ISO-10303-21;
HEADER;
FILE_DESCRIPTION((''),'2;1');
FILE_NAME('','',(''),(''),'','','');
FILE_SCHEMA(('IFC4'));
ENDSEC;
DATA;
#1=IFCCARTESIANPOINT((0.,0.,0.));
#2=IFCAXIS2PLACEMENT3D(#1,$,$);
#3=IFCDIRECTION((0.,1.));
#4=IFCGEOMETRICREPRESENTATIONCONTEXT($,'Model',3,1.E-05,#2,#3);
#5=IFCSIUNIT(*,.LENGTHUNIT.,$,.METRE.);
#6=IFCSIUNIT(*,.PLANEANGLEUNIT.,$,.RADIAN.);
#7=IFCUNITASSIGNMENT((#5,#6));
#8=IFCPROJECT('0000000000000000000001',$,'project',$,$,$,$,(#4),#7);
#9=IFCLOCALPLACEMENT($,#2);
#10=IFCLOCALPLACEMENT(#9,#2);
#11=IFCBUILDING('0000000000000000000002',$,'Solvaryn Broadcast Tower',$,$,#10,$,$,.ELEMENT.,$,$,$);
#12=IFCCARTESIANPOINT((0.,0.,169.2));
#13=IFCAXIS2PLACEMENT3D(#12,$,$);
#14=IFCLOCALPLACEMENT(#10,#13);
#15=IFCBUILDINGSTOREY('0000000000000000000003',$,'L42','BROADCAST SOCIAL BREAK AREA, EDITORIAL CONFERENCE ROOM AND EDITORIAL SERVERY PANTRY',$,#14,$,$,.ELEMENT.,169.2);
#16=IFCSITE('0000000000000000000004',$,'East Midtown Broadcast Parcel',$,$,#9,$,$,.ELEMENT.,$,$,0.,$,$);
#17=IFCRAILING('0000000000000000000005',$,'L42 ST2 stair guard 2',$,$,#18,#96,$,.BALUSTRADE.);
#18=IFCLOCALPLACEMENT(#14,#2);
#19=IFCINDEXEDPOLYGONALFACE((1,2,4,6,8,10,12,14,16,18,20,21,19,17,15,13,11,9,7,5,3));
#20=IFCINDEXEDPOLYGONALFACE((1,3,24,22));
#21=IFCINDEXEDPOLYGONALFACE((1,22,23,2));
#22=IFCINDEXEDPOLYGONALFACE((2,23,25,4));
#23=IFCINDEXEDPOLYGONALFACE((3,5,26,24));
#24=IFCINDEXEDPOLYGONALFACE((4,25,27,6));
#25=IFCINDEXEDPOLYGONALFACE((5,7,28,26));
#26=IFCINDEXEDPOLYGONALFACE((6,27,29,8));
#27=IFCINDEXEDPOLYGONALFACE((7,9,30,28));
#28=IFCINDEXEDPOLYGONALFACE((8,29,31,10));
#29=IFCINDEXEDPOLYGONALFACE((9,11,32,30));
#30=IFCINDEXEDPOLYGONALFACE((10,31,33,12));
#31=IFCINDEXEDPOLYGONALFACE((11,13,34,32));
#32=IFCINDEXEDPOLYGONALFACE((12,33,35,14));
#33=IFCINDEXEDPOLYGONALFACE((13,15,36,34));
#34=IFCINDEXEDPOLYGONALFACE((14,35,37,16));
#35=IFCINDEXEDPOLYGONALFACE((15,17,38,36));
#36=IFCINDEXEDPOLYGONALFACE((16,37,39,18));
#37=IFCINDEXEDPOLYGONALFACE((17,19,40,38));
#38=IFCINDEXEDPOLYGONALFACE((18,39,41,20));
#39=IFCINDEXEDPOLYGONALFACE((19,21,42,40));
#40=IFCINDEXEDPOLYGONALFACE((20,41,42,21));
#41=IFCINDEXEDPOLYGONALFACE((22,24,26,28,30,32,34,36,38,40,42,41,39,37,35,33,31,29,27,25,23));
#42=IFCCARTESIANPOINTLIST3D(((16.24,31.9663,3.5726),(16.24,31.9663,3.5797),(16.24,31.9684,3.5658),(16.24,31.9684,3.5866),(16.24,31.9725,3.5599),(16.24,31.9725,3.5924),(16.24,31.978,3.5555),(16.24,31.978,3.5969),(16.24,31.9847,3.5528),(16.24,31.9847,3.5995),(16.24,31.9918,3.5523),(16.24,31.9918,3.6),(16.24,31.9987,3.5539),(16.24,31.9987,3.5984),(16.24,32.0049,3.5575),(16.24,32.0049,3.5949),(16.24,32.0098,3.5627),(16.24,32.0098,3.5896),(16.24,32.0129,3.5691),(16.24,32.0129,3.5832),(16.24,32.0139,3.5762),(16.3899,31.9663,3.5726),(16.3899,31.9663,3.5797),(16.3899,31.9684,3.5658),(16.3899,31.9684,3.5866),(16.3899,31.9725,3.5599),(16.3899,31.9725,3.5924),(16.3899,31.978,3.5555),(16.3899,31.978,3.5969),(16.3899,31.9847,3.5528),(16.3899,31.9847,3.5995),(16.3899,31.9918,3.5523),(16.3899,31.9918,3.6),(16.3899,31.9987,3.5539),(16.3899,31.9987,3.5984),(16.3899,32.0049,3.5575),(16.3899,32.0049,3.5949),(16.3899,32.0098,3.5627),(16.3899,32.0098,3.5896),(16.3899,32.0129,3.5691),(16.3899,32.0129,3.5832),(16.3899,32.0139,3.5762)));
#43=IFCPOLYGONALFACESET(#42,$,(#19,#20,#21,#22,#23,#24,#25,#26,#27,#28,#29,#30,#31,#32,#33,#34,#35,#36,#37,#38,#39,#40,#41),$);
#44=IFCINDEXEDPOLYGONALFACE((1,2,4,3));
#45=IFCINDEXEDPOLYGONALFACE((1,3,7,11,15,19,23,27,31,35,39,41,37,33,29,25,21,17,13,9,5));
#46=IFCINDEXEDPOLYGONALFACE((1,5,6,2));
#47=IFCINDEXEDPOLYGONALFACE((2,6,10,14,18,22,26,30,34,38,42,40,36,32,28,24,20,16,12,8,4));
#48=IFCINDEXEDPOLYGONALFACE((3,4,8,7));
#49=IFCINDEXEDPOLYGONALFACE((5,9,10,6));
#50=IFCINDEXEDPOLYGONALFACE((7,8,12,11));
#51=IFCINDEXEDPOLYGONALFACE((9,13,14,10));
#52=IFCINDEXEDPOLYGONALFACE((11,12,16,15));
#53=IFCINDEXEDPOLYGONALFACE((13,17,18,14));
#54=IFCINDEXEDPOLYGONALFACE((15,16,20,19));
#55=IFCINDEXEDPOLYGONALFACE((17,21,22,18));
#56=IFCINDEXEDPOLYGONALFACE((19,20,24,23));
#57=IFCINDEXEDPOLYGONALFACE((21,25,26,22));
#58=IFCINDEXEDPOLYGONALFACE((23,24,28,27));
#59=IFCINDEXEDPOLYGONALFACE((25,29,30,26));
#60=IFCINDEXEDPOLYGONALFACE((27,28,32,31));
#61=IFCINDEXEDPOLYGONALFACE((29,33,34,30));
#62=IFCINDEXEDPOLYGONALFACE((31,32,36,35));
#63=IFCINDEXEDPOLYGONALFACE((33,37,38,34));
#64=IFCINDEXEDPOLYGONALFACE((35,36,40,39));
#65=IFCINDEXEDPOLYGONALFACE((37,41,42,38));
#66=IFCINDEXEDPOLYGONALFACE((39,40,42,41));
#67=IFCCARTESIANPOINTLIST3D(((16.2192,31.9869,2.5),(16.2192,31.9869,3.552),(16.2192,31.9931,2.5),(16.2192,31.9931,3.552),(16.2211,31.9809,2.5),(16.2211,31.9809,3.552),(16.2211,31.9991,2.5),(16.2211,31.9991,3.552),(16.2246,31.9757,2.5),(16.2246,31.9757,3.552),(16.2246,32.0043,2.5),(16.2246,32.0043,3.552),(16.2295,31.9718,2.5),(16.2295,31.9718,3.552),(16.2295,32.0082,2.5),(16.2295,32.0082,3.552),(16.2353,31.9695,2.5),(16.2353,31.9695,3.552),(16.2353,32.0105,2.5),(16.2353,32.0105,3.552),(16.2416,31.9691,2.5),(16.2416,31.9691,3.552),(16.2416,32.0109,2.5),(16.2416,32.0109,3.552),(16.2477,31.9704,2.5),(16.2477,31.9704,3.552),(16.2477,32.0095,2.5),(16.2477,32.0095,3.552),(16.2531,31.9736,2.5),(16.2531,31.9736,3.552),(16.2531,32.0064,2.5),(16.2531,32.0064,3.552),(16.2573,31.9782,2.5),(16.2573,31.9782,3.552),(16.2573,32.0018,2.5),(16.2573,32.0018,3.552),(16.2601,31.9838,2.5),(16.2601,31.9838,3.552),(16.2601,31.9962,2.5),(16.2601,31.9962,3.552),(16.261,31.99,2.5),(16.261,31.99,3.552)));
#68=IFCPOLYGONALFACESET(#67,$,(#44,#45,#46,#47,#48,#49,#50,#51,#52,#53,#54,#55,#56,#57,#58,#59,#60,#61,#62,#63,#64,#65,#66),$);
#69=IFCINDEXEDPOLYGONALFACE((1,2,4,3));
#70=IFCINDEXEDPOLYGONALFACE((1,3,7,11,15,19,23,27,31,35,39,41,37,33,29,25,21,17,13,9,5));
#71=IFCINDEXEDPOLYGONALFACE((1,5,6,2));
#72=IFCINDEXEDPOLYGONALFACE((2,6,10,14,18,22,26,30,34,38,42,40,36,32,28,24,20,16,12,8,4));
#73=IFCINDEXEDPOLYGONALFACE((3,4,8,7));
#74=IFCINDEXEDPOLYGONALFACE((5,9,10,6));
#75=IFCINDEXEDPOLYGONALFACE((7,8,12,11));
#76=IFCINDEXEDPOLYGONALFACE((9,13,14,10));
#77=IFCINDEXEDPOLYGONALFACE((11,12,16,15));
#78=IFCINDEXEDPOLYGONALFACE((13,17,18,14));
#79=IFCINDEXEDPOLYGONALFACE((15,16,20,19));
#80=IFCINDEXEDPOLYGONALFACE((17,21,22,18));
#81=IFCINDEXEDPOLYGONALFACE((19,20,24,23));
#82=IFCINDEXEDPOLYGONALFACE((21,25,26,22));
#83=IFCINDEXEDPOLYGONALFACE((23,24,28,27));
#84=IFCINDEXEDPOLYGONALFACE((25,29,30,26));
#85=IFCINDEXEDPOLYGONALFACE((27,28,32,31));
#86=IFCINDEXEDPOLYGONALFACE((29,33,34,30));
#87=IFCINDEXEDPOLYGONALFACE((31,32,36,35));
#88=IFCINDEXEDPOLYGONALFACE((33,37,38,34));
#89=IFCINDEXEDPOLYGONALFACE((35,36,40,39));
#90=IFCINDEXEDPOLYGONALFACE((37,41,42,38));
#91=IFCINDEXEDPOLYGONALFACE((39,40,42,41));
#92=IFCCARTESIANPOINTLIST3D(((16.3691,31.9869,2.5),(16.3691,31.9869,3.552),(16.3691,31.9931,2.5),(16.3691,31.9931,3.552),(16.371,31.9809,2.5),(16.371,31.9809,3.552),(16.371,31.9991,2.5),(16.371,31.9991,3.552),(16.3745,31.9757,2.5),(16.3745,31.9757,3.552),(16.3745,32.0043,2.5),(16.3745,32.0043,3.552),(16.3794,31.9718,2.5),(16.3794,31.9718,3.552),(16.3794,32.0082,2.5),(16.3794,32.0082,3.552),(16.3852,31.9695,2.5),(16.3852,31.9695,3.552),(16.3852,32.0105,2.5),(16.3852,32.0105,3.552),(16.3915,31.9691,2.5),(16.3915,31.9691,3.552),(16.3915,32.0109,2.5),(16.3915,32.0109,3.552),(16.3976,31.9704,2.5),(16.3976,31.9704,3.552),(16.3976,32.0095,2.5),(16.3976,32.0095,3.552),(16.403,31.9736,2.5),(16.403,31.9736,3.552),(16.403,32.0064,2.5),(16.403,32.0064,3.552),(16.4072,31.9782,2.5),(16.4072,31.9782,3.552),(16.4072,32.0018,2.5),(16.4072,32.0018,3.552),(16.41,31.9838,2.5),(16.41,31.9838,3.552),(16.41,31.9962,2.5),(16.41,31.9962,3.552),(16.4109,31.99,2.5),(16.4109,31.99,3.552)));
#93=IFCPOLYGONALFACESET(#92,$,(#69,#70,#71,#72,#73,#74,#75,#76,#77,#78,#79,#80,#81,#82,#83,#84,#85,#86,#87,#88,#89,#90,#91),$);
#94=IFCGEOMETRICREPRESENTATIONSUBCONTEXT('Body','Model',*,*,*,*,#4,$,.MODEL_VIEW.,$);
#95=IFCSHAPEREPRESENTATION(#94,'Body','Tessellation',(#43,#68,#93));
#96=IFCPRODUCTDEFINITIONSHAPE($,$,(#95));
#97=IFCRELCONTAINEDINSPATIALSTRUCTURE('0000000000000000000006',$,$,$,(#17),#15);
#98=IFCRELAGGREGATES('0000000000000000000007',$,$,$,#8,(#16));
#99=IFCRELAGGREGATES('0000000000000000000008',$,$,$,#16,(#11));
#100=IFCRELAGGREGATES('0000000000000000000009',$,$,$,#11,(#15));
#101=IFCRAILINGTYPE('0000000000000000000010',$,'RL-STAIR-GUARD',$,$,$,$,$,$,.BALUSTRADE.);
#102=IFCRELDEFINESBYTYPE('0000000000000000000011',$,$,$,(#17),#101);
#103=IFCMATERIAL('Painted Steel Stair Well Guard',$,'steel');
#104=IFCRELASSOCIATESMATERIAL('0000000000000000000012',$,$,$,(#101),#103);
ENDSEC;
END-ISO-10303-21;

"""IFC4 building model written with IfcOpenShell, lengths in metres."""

from ifc_helpers import new_model, si_unit, direction, frame, origin, origin_2d, place, context, subcontext, project, spatial, circle, extrude, material, type_object, element, save


model = new_model("IFC4")

# Units and contexts
model_context = context("Model", 3, precision=1e-05, world=origin(), true_north=direction((0.0, 1.0)))
body_context = subcontext(model_context, "Body", "Model", "MODEL_VIEW")
ifc_project = project(units=[si_unit("LENGTHUNIT", "METRE"), si_unit("PLANEANGLEUNIT", "RADIAN")], contexts=[model_context])

# Site, building, storey
site_placement = place(None, origin())
site = spatial("IfcSite", under=ifc_project, at=site_placement, Name="East Midtown Broadcast Parcel", CompositionType="ELEMENT", RefElevation=0.0)
building_placement = place(site_placement, origin())
building = spatial("IfcBuilding", under=site, at=building_placement, Name="Solvaryn Broadcast Tower", CompositionType="ELEMENT")
storey_placement = place(building_placement, frame((0.0, 0.0, 169.2)))
storey = spatial("IfcBuildingStorey", under=building, at=storey_placement, Name="L42", Description="BROADCAST SOCIAL BREAK AREA, EDITORIAL CONFERENCE ROOM AND EDITORIAL SERVERY PANTRY", CompositionType="ELEMENT", Elevation=169.2)

# Railing
ifc_material_1 = material(Name="Painted Steel Stair Well Guard", Category="steel")
railing_type_1 = type_object("IfcRailingType", Name="RL-STAIR-GUARD", PredefinedType="BALUSTRADE", material=ifc_material_1)
railing_1_placement = place(storey_placement, frame((16.24, 31.99, 2.5)))
element("IfcRailing", 1, at=railing_1_placement, inside=storey, type_object=railing_type_1, Name="L42 ST2 stair guard 2", PredefinedType="BALUSTRADE", context=body_context, shape_type="SweptSolid", body=[
    extrude(circle(Radius=0.0239, at=origin_2d()), frame((0.0, 0.0, 1.0762), z_axis=(1.0, 0.0, 0.0), x_axis=(0.0, 1.0, 0.0)), (0.0, 0.0, 1.0), 0.1499),
    extrude(circle(Radius=0.021, at=origin_2d()), origin(), (0.0, 0.0, 1.0), 1.052),
    extrude(circle(Radius=0.021, at=origin_2d()), frame((0.1499, 0.0, 0.0)), (0.0, 0.0, 1.0), 1.052),
])

save(model, "model.ifc")
